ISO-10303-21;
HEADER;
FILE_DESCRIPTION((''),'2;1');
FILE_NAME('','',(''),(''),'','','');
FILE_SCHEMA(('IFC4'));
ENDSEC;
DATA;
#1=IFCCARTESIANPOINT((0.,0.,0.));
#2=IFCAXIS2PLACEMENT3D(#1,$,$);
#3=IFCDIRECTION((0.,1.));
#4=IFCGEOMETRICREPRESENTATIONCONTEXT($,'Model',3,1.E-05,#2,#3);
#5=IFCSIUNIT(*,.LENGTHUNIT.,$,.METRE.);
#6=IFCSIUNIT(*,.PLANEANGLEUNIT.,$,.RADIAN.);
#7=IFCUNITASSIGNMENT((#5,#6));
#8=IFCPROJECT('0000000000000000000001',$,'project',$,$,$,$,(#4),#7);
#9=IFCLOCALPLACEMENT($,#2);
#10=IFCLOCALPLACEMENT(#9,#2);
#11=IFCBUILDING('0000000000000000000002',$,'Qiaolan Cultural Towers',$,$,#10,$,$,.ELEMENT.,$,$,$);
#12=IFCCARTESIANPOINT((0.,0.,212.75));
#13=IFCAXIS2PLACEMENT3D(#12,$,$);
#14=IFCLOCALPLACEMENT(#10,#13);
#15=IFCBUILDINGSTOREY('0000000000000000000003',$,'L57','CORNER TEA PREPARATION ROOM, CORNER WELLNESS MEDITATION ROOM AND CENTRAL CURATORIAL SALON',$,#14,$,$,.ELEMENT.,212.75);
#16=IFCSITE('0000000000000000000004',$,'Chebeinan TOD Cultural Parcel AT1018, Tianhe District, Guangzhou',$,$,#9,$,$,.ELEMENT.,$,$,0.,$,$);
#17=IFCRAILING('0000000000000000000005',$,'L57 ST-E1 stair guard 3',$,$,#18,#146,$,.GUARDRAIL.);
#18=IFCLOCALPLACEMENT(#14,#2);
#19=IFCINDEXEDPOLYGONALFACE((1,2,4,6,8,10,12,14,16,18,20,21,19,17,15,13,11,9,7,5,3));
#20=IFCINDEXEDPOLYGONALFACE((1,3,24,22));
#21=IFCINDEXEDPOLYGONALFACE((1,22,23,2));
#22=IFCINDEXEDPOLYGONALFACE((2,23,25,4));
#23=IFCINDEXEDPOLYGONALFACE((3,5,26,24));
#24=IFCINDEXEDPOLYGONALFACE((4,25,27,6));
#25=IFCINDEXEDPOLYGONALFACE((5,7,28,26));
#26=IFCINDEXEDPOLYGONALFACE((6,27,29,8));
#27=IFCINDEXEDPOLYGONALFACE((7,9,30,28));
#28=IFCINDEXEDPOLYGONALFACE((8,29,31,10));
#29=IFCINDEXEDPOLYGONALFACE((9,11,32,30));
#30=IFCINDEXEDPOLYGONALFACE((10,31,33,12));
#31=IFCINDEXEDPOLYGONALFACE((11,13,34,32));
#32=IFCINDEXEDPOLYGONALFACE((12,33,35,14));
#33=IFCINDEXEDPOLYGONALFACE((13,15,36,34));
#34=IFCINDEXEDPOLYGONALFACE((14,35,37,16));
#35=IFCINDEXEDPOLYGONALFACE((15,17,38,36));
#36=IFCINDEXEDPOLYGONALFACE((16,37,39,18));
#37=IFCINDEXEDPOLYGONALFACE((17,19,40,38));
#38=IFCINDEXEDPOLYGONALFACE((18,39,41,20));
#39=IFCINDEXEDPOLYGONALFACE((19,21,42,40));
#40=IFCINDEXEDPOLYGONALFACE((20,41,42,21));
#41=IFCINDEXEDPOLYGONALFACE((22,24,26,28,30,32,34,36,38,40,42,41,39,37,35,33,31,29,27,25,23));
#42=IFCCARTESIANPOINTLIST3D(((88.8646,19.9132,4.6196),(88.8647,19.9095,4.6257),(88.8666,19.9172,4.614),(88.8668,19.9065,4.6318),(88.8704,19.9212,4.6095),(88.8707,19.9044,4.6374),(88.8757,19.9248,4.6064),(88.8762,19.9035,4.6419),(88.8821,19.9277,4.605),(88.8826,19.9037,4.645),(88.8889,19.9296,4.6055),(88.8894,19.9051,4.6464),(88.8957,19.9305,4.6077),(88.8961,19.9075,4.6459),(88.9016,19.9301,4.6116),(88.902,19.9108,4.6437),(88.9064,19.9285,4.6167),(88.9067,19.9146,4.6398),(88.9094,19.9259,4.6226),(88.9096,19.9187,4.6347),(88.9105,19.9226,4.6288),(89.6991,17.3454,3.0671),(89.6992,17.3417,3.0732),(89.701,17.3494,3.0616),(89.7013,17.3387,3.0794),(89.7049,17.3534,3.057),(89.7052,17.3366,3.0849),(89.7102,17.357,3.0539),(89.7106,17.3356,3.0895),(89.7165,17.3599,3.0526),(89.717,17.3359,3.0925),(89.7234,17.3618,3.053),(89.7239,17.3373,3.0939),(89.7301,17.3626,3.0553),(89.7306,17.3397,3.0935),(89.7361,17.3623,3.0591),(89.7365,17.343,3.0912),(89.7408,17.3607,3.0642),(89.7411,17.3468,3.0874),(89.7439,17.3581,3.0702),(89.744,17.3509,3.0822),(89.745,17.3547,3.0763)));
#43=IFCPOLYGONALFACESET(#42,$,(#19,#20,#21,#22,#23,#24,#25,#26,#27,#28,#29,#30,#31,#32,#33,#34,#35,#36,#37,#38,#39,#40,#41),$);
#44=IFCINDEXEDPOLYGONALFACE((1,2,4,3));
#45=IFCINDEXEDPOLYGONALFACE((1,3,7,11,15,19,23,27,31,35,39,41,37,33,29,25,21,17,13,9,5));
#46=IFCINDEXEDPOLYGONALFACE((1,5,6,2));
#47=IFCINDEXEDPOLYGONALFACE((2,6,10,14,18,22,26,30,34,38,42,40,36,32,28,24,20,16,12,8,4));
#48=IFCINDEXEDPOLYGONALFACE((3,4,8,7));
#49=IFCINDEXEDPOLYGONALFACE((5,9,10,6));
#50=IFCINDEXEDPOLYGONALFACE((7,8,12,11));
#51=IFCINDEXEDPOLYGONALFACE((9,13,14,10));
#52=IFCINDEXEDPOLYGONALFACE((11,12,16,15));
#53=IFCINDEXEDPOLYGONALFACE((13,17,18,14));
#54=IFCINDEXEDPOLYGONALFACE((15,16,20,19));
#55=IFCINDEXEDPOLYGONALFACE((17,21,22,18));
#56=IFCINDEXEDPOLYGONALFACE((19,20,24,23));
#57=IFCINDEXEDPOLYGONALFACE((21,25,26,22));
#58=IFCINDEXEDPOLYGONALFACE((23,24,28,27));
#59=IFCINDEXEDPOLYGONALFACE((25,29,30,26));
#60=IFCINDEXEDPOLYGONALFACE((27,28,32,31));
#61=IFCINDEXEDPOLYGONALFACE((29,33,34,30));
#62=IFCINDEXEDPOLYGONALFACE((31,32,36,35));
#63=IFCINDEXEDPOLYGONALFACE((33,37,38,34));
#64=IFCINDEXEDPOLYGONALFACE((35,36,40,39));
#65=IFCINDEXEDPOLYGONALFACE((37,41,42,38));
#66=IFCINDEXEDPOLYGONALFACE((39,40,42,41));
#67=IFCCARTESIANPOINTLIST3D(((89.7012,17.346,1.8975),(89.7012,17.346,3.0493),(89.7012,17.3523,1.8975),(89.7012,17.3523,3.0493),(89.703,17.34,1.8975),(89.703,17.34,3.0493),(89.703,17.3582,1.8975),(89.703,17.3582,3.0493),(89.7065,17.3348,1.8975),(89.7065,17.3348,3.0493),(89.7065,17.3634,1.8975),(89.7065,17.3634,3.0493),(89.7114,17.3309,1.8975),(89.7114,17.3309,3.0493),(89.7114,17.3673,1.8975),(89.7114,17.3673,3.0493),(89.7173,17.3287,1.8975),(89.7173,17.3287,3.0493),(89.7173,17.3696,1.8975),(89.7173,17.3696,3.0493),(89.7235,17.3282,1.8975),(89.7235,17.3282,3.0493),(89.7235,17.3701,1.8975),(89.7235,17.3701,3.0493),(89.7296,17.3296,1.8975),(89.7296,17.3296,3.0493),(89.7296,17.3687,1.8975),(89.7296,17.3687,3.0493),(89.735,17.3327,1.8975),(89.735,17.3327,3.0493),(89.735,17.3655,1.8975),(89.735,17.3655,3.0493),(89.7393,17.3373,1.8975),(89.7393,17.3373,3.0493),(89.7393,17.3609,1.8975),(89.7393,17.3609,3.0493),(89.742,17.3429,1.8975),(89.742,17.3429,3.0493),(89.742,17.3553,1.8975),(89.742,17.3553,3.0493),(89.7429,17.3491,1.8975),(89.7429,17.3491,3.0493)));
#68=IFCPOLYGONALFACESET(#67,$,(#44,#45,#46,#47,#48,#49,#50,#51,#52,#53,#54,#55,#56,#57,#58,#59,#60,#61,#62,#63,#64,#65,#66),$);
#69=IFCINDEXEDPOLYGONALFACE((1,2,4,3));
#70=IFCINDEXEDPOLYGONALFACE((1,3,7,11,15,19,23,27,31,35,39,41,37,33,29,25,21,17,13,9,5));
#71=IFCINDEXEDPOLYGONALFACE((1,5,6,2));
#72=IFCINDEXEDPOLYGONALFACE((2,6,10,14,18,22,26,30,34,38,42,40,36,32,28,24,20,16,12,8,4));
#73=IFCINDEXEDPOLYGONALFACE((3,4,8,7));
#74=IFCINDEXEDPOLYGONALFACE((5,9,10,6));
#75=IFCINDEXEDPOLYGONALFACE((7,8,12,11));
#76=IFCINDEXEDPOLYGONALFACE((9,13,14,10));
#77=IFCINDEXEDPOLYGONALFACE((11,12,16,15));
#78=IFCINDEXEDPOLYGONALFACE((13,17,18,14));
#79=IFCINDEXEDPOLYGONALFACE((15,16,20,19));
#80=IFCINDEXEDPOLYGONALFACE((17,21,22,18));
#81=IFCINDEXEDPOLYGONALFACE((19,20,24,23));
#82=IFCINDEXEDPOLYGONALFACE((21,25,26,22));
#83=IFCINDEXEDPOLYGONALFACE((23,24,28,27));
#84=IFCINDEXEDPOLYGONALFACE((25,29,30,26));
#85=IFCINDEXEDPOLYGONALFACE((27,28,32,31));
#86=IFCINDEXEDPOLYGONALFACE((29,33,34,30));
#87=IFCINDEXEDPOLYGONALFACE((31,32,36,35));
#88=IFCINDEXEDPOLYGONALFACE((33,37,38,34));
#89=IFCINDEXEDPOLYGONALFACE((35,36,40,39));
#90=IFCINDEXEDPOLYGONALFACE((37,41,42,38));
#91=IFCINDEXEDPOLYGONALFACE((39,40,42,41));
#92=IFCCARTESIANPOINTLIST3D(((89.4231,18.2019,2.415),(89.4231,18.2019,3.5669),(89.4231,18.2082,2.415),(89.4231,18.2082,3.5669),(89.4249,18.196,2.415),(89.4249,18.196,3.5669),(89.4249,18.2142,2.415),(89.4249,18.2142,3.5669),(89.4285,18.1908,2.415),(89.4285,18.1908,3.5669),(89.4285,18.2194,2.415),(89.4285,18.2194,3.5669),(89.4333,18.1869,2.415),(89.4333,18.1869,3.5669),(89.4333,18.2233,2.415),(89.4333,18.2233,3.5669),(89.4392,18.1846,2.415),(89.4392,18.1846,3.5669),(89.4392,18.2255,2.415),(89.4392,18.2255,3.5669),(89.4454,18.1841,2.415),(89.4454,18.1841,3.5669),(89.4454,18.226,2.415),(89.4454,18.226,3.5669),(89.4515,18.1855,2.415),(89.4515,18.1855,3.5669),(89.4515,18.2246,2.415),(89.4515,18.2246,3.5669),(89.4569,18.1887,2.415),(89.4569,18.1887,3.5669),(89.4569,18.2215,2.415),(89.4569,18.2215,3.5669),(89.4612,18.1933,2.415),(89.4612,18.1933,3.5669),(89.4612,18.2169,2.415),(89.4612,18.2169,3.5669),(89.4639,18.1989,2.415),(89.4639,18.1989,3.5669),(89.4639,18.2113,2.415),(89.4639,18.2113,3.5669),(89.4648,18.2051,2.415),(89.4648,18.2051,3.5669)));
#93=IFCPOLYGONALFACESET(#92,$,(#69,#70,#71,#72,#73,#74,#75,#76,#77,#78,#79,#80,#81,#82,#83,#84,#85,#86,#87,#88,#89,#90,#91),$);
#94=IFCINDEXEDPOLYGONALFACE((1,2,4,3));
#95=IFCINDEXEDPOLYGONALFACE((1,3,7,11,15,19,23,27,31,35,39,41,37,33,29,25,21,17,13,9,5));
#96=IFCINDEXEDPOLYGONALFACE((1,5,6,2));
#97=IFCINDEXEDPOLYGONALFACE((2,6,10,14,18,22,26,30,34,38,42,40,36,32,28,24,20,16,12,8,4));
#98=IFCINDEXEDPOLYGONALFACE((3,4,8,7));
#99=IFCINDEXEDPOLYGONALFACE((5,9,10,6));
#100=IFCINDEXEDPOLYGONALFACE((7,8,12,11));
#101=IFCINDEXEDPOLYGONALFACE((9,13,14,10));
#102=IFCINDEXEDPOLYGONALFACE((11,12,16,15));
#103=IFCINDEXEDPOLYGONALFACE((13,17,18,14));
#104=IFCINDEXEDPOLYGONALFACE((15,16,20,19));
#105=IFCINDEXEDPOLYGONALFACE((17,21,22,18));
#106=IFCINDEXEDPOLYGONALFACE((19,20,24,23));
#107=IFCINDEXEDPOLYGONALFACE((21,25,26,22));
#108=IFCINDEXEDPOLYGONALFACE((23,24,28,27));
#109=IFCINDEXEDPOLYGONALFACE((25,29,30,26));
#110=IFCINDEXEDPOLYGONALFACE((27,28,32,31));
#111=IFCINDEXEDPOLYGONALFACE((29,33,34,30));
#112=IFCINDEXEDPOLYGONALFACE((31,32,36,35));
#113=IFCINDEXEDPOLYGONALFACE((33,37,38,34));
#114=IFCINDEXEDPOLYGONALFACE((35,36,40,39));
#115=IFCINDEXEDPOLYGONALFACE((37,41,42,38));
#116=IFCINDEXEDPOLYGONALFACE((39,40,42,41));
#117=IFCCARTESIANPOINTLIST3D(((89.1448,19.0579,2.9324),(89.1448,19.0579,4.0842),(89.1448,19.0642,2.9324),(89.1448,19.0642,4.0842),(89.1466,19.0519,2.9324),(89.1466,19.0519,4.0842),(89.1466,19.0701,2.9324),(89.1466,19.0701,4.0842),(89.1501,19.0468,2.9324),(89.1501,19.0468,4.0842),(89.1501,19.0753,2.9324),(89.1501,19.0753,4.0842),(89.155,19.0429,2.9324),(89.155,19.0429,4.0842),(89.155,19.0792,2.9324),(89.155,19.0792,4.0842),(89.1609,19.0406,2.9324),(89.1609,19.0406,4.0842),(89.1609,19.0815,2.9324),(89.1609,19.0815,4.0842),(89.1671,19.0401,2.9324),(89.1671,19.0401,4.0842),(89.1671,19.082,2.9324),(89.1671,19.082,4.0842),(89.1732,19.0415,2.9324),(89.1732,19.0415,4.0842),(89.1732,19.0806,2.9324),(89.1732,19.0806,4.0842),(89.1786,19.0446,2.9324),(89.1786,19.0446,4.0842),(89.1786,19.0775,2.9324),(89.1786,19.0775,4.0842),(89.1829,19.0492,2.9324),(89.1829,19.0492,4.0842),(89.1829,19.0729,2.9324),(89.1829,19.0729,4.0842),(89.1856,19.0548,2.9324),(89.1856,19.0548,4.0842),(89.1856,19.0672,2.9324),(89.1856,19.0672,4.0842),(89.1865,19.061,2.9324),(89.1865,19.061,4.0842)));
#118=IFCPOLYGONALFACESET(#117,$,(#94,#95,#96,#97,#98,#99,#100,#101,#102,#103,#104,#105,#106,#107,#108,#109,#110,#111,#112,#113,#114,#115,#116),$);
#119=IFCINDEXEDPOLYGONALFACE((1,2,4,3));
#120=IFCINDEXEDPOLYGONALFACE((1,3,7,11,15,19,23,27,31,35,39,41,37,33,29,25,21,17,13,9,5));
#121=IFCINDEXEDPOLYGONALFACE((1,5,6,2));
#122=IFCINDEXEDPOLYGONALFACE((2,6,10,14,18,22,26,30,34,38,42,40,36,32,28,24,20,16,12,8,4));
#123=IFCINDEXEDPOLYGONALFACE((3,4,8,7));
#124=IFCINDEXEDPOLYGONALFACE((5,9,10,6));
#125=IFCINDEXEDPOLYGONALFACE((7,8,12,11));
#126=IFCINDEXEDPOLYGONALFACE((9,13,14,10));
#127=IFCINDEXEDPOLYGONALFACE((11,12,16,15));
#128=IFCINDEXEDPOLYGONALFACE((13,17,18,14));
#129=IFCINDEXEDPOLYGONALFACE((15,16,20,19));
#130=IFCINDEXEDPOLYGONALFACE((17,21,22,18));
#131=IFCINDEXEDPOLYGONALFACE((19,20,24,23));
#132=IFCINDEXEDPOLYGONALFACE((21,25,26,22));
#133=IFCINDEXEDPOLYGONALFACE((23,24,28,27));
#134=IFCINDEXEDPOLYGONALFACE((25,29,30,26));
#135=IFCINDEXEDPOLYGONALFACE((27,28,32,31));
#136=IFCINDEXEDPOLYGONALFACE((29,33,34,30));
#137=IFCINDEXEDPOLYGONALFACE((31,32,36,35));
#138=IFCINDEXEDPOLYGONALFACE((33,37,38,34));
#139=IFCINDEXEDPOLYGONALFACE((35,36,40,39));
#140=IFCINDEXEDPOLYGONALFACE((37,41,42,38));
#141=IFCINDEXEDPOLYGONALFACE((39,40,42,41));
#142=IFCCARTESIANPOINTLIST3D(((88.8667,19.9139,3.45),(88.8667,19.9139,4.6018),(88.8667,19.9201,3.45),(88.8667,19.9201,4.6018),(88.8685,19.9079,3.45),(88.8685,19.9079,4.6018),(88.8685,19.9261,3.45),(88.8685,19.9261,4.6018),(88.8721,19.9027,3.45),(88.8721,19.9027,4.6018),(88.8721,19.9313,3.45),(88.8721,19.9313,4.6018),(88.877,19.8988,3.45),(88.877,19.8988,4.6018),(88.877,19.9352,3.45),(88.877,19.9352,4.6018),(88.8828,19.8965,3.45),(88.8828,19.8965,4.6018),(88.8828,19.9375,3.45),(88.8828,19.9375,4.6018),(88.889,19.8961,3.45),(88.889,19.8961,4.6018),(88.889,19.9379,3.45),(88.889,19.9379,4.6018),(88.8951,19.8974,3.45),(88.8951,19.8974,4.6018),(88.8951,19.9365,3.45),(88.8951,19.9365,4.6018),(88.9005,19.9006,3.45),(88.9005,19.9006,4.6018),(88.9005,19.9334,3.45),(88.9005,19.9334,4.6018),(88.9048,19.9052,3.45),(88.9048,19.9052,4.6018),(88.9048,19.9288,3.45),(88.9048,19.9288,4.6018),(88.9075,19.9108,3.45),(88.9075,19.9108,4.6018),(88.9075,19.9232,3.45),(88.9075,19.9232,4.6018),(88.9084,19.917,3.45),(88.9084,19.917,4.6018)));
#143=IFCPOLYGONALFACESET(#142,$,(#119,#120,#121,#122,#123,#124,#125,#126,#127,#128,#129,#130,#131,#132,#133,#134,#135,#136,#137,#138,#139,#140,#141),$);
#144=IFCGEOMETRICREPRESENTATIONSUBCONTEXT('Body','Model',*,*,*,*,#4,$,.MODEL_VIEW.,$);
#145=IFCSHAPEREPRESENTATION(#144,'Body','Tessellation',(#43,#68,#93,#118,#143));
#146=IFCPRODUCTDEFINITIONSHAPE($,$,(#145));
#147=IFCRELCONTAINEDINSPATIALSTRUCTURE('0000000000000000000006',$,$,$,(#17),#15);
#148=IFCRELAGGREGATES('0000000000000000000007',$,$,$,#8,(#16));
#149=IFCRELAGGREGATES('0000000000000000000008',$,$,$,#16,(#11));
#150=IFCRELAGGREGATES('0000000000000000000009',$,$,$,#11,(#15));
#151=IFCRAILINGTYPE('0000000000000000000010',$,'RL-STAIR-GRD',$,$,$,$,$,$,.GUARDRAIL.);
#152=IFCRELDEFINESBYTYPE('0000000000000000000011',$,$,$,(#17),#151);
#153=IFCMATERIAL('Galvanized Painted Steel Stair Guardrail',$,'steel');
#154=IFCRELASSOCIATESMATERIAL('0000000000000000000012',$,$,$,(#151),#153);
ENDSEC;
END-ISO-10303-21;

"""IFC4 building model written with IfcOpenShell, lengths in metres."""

from ifc_helpers import new_model, si_unit, direction, frame, origin, origin_2d, place, context, subcontext, project, spatial, circle, extrude, material, type_object, element, save


model = new_model("IFC4")

# Units and contexts
model_context = context("Model", 3, precision=1e-05, world=origin(), true_north=direction((0.0, 1.0)))
body_context = subcontext(model_context, "Body", "Model", "MODEL_VIEW")
ifc_project = project(units=[si_unit("LENGTHUNIT", "METRE"), si_unit("PLANEANGLEUNIT", "RADIAN")], contexts=[model_context])

# Site, building, storey
site_placement = place(None, origin())
site = spatial("IfcSite", under=ifc_project, at=site_placement, Name="Chebeinan TOD Cultural Parcel AT1018, Tianhe District, Guangzhou", CompositionType="ELEMENT", RefElevation=0.0)
building_placement = place(site_placement, origin())
building = spatial("IfcBuilding", under=site, at=building_placement, Name="Qiaolan Cultural Towers", CompositionType="ELEMENT")
storey_placement = place(building_placement, frame((0.0, 0.0, 212.75)))
storey = spatial("IfcBuildingStorey", under=building, at=storey_placement, Name="L57", Description="CORNER TEA PREPARATION ROOM, CORNER WELLNESS MEDITATION ROOM AND CENTRAL CURATORIAL SALON", CompositionType="ELEMENT", Elevation=212.75)

# Railing
ifc_material_1 = material(Name="Galvanized Painted Steel Stair Guardrail", Category="steel")
railing_type_1 = type_object("IfcRailingType", Name="RL-STAIR-GRD", PredefinedType="GUARDRAIL", material=ifc_material_1)
railing_1_placement = place(storey_placement, frame((89.7219, 17.3491, 1.8975)))
element("IfcRailing", 1, at=railing_1_placement, inside=storey, type_object=railing_type_1, Name="L57 ST-E1 stair guard 3", PredefinedType="GUARDRAIL", context=body_context, shape_type="SweptSolid", body=[
    extrude(circle(Radius=0.0239, at=origin_2d()), frame((0.0, 0.0, 1.1758), z_axis=(-0.267926, 0.824471, 0.498461), x_axis=(-0.951043, -0.309057, 0.0)), (0.0, 0.0, 1.0), 3.1145),
    extrude(circle(Radius=0.021, at=origin_2d()), origin(), (0.0, 0.0, 1.0), 1.1519),
    extrude(circle(Radius=0.021, at=origin_2d()), frame((-0.2781, 0.856, 0.5176)), (0.0, 0.0, 1.0), 1.1519),
    extrude(circle(Radius=0.021, at=origin_2d()), frame((-0.5564, 1.7119, 1.0349)), (0.0, 0.0, 1.0), 1.1519),
    extrude(circle(Radius=0.021, at=origin_2d()), frame((-0.8345, 2.5679, 1.5525)), (0.0, 0.0, 1.0), 1.1519),
])

save(model, "model.ifc")
